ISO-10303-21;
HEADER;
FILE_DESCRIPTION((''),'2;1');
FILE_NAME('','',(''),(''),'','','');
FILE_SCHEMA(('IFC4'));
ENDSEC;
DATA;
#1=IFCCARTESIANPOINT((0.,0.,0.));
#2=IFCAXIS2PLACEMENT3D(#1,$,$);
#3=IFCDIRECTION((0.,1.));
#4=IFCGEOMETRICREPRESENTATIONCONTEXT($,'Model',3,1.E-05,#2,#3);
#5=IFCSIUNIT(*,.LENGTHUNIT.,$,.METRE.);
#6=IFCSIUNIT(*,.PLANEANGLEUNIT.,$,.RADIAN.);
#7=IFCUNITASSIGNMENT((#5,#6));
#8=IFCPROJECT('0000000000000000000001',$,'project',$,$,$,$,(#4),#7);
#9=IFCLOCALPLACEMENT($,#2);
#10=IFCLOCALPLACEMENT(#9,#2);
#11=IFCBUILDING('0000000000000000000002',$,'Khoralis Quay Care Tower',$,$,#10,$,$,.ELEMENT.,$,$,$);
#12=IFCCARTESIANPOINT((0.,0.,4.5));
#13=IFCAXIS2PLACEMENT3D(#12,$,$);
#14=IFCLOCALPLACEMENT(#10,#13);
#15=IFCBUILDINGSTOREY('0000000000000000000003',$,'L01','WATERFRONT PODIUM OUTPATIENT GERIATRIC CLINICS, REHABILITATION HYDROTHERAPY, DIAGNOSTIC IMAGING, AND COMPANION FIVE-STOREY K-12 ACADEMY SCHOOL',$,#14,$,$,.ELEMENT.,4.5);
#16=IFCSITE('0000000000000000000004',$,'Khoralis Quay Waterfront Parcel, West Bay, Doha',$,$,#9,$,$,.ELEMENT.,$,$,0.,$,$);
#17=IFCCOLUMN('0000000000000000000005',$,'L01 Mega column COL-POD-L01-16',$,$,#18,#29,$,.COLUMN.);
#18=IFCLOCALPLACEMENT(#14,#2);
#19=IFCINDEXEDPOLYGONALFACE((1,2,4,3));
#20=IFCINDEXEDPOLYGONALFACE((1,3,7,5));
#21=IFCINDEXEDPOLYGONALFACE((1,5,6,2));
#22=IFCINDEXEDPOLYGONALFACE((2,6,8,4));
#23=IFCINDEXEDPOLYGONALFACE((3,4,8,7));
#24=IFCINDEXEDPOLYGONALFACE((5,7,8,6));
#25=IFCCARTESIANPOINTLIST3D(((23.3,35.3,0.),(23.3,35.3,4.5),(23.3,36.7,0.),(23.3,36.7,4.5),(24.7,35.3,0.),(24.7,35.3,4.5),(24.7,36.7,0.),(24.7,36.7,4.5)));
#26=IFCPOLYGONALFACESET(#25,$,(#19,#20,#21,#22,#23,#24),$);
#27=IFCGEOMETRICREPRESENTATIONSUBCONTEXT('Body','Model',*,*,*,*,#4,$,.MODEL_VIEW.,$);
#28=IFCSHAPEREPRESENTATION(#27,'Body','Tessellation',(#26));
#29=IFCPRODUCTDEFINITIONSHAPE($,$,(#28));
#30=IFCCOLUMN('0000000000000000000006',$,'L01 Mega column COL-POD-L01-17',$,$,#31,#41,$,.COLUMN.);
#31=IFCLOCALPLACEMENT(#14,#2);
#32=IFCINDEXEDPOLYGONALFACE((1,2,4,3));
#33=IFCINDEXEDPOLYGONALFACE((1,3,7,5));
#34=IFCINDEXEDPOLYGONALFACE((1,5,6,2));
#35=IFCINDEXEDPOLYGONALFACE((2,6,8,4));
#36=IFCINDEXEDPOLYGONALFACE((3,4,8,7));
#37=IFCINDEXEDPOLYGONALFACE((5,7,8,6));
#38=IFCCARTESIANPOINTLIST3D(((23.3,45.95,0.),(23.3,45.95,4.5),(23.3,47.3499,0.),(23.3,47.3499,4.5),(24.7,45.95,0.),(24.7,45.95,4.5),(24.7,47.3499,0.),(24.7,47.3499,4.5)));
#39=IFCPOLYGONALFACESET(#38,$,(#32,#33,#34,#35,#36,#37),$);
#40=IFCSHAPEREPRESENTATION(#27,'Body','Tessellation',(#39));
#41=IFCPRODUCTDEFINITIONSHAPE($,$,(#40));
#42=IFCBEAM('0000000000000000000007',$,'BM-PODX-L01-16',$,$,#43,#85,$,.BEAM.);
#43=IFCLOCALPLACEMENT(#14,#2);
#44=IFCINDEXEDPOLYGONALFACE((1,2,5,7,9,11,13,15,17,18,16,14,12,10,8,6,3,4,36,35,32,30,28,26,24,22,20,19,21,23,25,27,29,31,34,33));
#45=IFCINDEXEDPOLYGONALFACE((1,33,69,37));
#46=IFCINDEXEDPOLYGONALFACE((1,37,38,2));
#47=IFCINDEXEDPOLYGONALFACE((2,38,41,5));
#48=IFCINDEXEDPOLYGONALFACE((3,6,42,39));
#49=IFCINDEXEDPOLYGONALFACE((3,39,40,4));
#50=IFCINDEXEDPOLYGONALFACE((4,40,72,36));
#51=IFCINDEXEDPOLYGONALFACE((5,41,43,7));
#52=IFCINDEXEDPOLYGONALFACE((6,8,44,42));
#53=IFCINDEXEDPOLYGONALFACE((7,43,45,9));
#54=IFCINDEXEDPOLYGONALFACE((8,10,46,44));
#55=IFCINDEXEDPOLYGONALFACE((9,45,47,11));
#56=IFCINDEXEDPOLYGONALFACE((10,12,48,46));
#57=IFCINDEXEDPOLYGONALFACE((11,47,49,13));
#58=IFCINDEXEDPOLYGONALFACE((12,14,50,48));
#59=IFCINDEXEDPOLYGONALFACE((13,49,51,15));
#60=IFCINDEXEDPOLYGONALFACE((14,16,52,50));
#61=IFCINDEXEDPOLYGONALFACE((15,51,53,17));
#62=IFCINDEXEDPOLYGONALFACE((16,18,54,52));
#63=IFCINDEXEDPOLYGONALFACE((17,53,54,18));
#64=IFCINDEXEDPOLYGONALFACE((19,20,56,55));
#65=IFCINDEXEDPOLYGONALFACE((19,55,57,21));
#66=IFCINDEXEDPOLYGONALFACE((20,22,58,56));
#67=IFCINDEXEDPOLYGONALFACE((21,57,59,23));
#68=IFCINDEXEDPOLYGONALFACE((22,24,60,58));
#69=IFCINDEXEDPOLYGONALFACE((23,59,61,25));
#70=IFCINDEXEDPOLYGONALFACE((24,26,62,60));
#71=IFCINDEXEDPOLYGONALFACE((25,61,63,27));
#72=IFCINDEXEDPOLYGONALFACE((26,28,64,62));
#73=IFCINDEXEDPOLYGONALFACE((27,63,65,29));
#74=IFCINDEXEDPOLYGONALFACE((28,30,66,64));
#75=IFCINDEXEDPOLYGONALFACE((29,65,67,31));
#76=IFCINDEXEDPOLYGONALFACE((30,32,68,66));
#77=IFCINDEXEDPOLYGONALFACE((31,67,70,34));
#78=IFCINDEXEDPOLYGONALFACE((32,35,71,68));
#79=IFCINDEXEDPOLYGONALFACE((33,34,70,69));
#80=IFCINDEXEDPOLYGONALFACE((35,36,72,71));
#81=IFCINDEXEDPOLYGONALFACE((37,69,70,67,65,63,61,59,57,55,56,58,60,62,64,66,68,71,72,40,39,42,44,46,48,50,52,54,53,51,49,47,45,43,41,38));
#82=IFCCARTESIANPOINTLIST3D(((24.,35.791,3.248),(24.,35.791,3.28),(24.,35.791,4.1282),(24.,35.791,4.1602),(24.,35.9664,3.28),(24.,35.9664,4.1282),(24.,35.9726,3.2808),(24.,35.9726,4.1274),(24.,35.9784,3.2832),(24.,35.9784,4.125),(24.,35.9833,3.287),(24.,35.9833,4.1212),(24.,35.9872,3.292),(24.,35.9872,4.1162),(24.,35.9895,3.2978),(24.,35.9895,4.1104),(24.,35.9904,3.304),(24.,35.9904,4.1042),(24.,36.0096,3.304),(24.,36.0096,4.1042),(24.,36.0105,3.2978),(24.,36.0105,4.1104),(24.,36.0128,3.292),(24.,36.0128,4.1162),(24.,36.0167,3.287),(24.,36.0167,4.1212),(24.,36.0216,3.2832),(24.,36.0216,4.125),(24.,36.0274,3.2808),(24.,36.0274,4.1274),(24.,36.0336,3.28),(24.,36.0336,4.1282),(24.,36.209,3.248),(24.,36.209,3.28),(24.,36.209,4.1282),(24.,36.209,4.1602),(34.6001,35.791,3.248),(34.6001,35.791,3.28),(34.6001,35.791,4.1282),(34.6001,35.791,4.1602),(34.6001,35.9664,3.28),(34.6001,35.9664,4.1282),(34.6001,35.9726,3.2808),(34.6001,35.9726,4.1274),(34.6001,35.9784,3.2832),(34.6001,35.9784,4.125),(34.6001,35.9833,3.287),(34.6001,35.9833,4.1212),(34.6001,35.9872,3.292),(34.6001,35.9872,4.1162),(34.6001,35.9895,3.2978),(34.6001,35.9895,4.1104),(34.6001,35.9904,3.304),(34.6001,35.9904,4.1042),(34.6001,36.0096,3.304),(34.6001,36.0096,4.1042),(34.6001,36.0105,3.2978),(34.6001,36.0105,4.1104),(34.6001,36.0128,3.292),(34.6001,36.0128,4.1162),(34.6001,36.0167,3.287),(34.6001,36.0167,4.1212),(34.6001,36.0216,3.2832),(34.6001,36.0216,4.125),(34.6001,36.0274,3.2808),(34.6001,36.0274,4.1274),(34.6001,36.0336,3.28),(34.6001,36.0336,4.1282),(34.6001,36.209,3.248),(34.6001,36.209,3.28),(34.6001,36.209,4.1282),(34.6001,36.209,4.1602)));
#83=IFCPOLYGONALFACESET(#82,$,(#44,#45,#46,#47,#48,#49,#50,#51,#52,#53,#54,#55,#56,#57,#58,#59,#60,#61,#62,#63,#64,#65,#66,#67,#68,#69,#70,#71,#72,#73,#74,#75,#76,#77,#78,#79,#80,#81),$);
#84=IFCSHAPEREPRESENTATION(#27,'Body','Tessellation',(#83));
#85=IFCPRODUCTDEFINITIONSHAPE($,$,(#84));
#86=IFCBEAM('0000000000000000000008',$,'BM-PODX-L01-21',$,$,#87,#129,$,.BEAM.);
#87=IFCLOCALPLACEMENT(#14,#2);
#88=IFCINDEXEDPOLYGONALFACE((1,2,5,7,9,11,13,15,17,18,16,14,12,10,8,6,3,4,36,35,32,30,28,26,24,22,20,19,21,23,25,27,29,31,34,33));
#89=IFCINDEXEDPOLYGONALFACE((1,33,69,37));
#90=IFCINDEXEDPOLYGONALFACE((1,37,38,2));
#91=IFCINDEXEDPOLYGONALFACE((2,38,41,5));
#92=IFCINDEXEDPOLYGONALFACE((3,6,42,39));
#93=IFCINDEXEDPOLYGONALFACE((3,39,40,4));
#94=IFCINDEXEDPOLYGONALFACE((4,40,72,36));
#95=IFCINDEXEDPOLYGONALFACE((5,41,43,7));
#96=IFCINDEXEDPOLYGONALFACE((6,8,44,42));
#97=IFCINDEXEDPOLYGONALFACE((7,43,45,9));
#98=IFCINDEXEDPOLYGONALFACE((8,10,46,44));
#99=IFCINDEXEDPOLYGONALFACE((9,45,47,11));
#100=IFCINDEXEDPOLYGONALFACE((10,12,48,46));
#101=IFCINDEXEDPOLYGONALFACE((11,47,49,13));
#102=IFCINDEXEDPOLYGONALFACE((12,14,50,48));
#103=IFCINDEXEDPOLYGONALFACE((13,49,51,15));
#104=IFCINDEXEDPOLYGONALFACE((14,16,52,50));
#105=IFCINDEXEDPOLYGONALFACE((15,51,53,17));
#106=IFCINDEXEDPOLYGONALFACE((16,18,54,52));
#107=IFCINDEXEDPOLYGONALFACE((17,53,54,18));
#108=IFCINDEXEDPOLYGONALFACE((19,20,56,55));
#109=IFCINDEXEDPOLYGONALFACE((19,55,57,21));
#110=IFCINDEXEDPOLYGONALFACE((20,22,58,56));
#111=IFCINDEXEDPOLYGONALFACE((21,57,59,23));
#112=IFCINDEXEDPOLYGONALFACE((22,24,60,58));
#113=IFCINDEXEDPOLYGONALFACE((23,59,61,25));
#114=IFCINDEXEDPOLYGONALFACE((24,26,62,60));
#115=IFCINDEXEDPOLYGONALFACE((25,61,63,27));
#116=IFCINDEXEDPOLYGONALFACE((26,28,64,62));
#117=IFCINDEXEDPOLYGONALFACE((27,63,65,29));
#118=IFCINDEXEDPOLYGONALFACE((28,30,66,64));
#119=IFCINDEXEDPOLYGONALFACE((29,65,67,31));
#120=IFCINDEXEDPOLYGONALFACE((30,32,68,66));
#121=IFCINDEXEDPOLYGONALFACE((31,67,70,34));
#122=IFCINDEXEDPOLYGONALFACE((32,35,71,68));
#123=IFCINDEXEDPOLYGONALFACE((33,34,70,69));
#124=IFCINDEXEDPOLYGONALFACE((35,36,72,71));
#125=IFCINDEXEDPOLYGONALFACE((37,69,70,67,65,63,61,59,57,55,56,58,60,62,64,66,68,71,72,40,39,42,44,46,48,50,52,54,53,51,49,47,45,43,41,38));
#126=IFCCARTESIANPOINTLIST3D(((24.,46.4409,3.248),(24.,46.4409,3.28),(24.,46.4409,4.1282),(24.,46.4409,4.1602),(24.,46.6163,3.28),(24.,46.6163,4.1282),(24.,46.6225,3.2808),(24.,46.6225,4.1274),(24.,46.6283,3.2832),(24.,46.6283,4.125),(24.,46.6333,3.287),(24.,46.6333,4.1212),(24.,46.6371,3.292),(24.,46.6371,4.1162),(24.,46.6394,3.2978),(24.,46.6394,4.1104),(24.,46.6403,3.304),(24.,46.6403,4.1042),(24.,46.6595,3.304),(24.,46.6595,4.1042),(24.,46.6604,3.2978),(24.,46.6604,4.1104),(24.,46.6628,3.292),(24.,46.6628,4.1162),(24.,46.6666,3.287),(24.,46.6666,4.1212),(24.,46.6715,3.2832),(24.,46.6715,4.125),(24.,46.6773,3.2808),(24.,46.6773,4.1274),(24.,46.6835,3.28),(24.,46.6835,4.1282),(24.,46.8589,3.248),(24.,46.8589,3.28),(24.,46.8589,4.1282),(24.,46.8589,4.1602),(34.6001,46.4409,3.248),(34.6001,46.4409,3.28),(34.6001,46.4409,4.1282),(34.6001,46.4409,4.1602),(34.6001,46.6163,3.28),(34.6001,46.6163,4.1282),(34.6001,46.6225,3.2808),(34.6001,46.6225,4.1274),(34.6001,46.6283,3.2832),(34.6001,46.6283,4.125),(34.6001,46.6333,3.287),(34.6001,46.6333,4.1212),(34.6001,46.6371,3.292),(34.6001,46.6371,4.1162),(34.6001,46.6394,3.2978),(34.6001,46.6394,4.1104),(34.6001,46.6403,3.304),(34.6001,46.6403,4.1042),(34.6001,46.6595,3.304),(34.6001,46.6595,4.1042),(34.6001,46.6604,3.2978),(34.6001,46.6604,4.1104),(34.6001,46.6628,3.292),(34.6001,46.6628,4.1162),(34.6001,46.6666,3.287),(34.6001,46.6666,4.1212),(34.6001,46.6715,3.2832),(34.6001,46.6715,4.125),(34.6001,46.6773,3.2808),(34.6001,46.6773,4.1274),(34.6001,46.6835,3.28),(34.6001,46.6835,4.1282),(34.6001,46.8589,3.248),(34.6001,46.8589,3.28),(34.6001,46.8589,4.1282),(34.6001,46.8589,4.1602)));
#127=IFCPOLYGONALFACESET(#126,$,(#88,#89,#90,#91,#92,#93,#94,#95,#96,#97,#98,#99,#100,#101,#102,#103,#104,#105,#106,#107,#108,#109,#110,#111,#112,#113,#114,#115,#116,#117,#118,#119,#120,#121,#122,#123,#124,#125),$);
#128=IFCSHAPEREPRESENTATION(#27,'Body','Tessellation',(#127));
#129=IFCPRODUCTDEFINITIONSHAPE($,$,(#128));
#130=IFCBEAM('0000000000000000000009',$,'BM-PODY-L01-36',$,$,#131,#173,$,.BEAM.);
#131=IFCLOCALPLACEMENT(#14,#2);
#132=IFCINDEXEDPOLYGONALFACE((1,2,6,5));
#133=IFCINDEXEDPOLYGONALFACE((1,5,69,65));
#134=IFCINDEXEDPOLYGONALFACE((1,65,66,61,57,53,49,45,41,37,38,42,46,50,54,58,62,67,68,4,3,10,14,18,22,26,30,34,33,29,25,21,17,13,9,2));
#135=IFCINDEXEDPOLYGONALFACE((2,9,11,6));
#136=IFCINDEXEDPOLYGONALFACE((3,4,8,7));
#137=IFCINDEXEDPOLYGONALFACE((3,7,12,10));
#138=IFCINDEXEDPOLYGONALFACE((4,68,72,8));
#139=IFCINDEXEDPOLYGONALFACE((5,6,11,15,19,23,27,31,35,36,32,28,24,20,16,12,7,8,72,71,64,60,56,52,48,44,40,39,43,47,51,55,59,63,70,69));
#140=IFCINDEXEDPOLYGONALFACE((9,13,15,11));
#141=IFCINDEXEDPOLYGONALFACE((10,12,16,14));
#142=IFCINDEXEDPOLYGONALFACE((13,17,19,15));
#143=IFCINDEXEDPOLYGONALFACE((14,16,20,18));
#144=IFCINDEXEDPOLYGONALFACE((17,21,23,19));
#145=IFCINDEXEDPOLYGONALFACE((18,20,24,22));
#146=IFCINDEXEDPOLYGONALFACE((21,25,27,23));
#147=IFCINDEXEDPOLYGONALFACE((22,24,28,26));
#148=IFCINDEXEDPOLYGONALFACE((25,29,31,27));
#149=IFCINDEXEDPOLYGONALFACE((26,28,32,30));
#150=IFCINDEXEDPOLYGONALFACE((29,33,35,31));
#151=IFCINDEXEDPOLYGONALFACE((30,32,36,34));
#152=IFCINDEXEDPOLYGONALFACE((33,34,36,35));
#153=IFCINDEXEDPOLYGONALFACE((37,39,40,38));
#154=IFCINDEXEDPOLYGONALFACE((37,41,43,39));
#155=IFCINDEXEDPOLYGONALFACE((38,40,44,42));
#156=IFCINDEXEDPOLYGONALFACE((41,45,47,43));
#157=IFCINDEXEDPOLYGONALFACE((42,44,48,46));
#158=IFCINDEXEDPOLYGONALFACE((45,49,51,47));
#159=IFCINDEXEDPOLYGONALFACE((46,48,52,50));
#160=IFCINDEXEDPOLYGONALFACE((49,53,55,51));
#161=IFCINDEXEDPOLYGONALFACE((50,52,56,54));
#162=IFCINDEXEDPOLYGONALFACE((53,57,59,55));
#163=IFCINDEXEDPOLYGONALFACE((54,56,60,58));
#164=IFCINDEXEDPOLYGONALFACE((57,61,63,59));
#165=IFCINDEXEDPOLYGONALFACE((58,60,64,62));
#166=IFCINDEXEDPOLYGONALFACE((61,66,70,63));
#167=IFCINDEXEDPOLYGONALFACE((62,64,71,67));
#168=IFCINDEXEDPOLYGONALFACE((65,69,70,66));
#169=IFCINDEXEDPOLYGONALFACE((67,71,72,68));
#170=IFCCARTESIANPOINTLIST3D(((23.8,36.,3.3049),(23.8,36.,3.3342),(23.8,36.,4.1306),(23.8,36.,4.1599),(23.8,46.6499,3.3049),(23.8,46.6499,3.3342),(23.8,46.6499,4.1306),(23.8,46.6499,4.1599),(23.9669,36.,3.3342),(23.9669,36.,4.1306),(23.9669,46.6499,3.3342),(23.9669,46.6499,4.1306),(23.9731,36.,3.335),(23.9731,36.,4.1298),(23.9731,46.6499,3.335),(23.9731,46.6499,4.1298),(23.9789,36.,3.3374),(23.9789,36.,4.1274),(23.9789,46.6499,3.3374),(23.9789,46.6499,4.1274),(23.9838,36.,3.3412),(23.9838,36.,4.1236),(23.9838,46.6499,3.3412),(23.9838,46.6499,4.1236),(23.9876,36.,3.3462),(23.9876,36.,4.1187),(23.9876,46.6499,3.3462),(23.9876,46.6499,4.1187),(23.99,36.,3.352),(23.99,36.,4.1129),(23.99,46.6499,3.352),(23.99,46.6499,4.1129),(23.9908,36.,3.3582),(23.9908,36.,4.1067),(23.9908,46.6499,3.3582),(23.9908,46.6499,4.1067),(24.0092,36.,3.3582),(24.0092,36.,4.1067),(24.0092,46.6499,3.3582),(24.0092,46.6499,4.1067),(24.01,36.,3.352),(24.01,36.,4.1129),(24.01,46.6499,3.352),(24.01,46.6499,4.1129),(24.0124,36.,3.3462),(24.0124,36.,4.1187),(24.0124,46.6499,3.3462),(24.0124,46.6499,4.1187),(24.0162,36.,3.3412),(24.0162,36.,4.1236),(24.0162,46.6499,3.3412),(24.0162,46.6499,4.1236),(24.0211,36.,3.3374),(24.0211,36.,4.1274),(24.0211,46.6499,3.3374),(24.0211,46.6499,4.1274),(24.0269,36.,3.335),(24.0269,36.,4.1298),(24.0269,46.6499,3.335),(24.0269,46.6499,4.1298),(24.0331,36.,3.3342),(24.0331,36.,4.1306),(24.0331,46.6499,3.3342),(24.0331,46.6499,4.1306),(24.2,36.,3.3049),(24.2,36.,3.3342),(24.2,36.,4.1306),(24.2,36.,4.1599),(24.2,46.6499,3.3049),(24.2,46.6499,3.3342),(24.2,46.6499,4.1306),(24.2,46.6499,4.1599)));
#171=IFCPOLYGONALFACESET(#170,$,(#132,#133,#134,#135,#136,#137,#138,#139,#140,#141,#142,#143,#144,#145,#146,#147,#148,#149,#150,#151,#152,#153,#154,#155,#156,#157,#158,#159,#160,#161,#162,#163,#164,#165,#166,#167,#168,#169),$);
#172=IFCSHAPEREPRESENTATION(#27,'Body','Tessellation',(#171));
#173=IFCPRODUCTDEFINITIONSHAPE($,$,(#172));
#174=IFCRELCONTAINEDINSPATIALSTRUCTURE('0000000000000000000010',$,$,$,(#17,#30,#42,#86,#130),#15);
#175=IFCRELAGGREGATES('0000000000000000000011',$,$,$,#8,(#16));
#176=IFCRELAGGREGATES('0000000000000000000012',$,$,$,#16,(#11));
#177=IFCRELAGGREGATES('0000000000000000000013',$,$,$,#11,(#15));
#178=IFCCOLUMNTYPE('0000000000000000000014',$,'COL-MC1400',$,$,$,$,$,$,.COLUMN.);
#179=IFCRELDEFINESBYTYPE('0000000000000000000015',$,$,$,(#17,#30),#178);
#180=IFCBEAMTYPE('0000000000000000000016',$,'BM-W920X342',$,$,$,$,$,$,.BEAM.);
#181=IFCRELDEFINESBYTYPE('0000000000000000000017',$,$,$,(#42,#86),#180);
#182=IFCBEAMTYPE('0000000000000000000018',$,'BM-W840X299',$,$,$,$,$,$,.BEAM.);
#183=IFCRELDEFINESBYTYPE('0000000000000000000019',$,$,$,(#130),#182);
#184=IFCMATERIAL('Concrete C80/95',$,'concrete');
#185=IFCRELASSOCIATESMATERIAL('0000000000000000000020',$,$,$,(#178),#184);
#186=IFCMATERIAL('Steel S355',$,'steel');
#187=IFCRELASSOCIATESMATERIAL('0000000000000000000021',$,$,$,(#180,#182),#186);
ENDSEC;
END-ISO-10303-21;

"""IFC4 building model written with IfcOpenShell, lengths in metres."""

from ifc_helpers import new_model, si_unit, direction, frame, origin, origin_2d, place, context, subcontext, project, spatial, rectangle, i_section, extrude, source, transform, mapped, material, material_profile, profile_set, type_object, element, save


model = new_model("IFC4")

# Units and contexts
model_context = context("Model", 3, precision=1e-05, world=origin(), true_north=direction((0.0, 1.0)))
body_context = subcontext(model_context, "Body", "Model", "MODEL_VIEW")
ifc_project = project(units=[si_unit("LENGTHUNIT", "METRE"), si_unit("PLANEANGLEUNIT", "RADIAN")], contexts=[model_context])

# Site, building, storey
site_placement = place(None, origin())
site = spatial("IfcSite", under=ifc_project, at=site_placement, Name="Khoralis Quay Waterfront Parcel, West Bay, Doha", CompositionType="ELEMENT", RefElevation=0.0)
building_placement = place(site_placement, origin())
building = spatial("IfcBuilding", under=site, at=building_placement, Name="Khoralis Quay Care Tower", CompositionType="ELEMENT")
storey_placement = place(building_placement, frame((0.0, 0.0, 4.5)))
storey = spatial("IfcBuildingStorey", under=building, at=storey_placement, Name="L01", Description="WATERFRONT PODIUM OUTPATIENT GERIATRIC CLINICS, REHABILITATION HYDROTHERAPY, DIAGNOSTIC IMAGING, AND COMPANION FIVE-STOREY K-12 ACADEMY SCHOOL", CompositionType="ELEMENT", Elevation=4.5)

# Columns
ifc_material_1 = material(Name="Concrete C80/95", Category="concrete")
ifc_material_profile_1 = material_profile(ifc_material_1, rectangle(XDim=1.3999, YDim=1.3999, at=origin_2d()), Name="Concrete C80/95")
ifc_profile_set_1 = profile_set([ifc_material_profile_1], Name="Concrete C80/95")
column_type = type_object("IfcColumnType", Name="COL-MC1400", PredefinedType="COLUMN", material=ifc_profile_set_1)
shared_shape_1 = source(origin(), body_context, "Body", "SweptSolid", [
    extrude(rectangle(XDim=1.3999, YDim=1.3999, at=origin_2d()), origin(), (0.0, 0.0, 1.0), 4.5),
])
for number, where, z_axis, x_axis, name in (
    (1, (24.0, 36.0, 0.0), (0.0, 0.0, 1.0), (1.0, 0.0, 0.0), "L01 Mega column COL-POD-L01-16"),
    (2, (24.0, 46.6499, 0.0), (0.0, 0.0, 1.0), (1.0, 0.0, 0.0), "L01 Mega column COL-POD-L01-17"),
):
    element("IfcColumn", number, at=place(storey_placement, frame(where, z_axis=z_axis, x_axis=x_axis)), inside=storey, type_object=column_type, Name=name, PredefinedType="COLUMN", context=body_context, shape_type="MappedRepresentation", body=[
        mapped(shared_shape_1, transform((0.0, 0.0, 0.0), scale=1.0)),
    ])

# Beams
ifc_material_2 = material(Name="Steel S355", Category="steel")
ifc_material_profile_2 = material_profile(ifc_material_2, i_section(OverallWidth=0.418, OverallDepth=0.9121, WebThickness=0.0193, FlangeThickness=0.032, FilletRadius=0.0239, at=origin_2d()), Name="Steel S355")
ifc_profile_set_2 = profile_set([ifc_material_profile_2], Name="Steel S355")
beam_type_1 = type_object("IfcBeamType", Name="BM-W920X342", PredefinedType="BEAM", material=ifc_profile_set_2)
shared_shape_2 = source(origin(), body_context, "Body", "SweptSolid", [
    extrude(i_section(OverallWidth=0.418, OverallDepth=0.9121, WebThickness=0.0193, FlangeThickness=0.032, FilletRadius=0.0239, at=origin_2d()), origin(), (0.0, 0.0, 1.0), 10.6001),
])
for number, where, z_axis, x_axis, name in (
    (3, (24.0, 36.0, 3.7041), (1.0, 0.0, 0.0), (0.0, 1.0, 0.0), "BM-PODX-L01-16"),
    (4, (24.0, 46.6499, 3.7041), (1.0, 0.0, 0.0), (0.0, 1.0, 0.0), "BM-PODX-L01-21"),
):
    element("IfcBeam", number, at=place(storey_placement, frame(where, z_axis=z_axis, x_axis=x_axis)), inside=storey, type_object=beam_type_1, Name=name, PredefinedType="BEAM", context=body_context, shape_type="MappedRepresentation", body=[
        mapped(shared_shape_2, transform((0.0, 0.0, 0.0), scale=1.0)),
    ])
ifc_material_profile_3 = material_profile(ifc_material_2, i_section(OverallWidth=0.3999, OverallDepth=0.855, WebThickness=0.0183, FlangeThickness=0.0293, FilletRadius=0.0239, at=origin_2d()), Name="Steel S355")
ifc_profile_set_3 = profile_set([ifc_material_profile_3], Name="Steel S355")
beam_type_2 = type_object("IfcBeamType", Name="BM-W840X299", PredefinedType="BEAM", material=ifc_profile_set_3)
shared_shape_3 = source(origin(), body_context, "Body", "SweptSolid", [
    extrude(i_section(OverallWidth=0.3999, OverallDepth=0.855, WebThickness=0.0183, FlangeThickness=0.0293, FilletRadius=0.0239, at=origin_2d()), origin(), (0.0, 0.0, 1.0), 10.6499),
])
beam_1_placement = place(storey_placement, frame((24.0, 36.0, 3.7324), z_axis=(0.0, 1.0, 0.0), x_axis=(-1.0, 0.0, 0.0)))
element("IfcBeam", 5, at=beam_1_placement, inside=storey, type_object=beam_type_2, Name="BM-PODY-L01-36", PredefinedType="BEAM", context=body_context, shape_type="MappedRepresentation", body=[
    mapped(shared_shape_3, transform((0.0, 0.0, 0.0), scale=1.0)),
])

save(model, "model.ifc")
